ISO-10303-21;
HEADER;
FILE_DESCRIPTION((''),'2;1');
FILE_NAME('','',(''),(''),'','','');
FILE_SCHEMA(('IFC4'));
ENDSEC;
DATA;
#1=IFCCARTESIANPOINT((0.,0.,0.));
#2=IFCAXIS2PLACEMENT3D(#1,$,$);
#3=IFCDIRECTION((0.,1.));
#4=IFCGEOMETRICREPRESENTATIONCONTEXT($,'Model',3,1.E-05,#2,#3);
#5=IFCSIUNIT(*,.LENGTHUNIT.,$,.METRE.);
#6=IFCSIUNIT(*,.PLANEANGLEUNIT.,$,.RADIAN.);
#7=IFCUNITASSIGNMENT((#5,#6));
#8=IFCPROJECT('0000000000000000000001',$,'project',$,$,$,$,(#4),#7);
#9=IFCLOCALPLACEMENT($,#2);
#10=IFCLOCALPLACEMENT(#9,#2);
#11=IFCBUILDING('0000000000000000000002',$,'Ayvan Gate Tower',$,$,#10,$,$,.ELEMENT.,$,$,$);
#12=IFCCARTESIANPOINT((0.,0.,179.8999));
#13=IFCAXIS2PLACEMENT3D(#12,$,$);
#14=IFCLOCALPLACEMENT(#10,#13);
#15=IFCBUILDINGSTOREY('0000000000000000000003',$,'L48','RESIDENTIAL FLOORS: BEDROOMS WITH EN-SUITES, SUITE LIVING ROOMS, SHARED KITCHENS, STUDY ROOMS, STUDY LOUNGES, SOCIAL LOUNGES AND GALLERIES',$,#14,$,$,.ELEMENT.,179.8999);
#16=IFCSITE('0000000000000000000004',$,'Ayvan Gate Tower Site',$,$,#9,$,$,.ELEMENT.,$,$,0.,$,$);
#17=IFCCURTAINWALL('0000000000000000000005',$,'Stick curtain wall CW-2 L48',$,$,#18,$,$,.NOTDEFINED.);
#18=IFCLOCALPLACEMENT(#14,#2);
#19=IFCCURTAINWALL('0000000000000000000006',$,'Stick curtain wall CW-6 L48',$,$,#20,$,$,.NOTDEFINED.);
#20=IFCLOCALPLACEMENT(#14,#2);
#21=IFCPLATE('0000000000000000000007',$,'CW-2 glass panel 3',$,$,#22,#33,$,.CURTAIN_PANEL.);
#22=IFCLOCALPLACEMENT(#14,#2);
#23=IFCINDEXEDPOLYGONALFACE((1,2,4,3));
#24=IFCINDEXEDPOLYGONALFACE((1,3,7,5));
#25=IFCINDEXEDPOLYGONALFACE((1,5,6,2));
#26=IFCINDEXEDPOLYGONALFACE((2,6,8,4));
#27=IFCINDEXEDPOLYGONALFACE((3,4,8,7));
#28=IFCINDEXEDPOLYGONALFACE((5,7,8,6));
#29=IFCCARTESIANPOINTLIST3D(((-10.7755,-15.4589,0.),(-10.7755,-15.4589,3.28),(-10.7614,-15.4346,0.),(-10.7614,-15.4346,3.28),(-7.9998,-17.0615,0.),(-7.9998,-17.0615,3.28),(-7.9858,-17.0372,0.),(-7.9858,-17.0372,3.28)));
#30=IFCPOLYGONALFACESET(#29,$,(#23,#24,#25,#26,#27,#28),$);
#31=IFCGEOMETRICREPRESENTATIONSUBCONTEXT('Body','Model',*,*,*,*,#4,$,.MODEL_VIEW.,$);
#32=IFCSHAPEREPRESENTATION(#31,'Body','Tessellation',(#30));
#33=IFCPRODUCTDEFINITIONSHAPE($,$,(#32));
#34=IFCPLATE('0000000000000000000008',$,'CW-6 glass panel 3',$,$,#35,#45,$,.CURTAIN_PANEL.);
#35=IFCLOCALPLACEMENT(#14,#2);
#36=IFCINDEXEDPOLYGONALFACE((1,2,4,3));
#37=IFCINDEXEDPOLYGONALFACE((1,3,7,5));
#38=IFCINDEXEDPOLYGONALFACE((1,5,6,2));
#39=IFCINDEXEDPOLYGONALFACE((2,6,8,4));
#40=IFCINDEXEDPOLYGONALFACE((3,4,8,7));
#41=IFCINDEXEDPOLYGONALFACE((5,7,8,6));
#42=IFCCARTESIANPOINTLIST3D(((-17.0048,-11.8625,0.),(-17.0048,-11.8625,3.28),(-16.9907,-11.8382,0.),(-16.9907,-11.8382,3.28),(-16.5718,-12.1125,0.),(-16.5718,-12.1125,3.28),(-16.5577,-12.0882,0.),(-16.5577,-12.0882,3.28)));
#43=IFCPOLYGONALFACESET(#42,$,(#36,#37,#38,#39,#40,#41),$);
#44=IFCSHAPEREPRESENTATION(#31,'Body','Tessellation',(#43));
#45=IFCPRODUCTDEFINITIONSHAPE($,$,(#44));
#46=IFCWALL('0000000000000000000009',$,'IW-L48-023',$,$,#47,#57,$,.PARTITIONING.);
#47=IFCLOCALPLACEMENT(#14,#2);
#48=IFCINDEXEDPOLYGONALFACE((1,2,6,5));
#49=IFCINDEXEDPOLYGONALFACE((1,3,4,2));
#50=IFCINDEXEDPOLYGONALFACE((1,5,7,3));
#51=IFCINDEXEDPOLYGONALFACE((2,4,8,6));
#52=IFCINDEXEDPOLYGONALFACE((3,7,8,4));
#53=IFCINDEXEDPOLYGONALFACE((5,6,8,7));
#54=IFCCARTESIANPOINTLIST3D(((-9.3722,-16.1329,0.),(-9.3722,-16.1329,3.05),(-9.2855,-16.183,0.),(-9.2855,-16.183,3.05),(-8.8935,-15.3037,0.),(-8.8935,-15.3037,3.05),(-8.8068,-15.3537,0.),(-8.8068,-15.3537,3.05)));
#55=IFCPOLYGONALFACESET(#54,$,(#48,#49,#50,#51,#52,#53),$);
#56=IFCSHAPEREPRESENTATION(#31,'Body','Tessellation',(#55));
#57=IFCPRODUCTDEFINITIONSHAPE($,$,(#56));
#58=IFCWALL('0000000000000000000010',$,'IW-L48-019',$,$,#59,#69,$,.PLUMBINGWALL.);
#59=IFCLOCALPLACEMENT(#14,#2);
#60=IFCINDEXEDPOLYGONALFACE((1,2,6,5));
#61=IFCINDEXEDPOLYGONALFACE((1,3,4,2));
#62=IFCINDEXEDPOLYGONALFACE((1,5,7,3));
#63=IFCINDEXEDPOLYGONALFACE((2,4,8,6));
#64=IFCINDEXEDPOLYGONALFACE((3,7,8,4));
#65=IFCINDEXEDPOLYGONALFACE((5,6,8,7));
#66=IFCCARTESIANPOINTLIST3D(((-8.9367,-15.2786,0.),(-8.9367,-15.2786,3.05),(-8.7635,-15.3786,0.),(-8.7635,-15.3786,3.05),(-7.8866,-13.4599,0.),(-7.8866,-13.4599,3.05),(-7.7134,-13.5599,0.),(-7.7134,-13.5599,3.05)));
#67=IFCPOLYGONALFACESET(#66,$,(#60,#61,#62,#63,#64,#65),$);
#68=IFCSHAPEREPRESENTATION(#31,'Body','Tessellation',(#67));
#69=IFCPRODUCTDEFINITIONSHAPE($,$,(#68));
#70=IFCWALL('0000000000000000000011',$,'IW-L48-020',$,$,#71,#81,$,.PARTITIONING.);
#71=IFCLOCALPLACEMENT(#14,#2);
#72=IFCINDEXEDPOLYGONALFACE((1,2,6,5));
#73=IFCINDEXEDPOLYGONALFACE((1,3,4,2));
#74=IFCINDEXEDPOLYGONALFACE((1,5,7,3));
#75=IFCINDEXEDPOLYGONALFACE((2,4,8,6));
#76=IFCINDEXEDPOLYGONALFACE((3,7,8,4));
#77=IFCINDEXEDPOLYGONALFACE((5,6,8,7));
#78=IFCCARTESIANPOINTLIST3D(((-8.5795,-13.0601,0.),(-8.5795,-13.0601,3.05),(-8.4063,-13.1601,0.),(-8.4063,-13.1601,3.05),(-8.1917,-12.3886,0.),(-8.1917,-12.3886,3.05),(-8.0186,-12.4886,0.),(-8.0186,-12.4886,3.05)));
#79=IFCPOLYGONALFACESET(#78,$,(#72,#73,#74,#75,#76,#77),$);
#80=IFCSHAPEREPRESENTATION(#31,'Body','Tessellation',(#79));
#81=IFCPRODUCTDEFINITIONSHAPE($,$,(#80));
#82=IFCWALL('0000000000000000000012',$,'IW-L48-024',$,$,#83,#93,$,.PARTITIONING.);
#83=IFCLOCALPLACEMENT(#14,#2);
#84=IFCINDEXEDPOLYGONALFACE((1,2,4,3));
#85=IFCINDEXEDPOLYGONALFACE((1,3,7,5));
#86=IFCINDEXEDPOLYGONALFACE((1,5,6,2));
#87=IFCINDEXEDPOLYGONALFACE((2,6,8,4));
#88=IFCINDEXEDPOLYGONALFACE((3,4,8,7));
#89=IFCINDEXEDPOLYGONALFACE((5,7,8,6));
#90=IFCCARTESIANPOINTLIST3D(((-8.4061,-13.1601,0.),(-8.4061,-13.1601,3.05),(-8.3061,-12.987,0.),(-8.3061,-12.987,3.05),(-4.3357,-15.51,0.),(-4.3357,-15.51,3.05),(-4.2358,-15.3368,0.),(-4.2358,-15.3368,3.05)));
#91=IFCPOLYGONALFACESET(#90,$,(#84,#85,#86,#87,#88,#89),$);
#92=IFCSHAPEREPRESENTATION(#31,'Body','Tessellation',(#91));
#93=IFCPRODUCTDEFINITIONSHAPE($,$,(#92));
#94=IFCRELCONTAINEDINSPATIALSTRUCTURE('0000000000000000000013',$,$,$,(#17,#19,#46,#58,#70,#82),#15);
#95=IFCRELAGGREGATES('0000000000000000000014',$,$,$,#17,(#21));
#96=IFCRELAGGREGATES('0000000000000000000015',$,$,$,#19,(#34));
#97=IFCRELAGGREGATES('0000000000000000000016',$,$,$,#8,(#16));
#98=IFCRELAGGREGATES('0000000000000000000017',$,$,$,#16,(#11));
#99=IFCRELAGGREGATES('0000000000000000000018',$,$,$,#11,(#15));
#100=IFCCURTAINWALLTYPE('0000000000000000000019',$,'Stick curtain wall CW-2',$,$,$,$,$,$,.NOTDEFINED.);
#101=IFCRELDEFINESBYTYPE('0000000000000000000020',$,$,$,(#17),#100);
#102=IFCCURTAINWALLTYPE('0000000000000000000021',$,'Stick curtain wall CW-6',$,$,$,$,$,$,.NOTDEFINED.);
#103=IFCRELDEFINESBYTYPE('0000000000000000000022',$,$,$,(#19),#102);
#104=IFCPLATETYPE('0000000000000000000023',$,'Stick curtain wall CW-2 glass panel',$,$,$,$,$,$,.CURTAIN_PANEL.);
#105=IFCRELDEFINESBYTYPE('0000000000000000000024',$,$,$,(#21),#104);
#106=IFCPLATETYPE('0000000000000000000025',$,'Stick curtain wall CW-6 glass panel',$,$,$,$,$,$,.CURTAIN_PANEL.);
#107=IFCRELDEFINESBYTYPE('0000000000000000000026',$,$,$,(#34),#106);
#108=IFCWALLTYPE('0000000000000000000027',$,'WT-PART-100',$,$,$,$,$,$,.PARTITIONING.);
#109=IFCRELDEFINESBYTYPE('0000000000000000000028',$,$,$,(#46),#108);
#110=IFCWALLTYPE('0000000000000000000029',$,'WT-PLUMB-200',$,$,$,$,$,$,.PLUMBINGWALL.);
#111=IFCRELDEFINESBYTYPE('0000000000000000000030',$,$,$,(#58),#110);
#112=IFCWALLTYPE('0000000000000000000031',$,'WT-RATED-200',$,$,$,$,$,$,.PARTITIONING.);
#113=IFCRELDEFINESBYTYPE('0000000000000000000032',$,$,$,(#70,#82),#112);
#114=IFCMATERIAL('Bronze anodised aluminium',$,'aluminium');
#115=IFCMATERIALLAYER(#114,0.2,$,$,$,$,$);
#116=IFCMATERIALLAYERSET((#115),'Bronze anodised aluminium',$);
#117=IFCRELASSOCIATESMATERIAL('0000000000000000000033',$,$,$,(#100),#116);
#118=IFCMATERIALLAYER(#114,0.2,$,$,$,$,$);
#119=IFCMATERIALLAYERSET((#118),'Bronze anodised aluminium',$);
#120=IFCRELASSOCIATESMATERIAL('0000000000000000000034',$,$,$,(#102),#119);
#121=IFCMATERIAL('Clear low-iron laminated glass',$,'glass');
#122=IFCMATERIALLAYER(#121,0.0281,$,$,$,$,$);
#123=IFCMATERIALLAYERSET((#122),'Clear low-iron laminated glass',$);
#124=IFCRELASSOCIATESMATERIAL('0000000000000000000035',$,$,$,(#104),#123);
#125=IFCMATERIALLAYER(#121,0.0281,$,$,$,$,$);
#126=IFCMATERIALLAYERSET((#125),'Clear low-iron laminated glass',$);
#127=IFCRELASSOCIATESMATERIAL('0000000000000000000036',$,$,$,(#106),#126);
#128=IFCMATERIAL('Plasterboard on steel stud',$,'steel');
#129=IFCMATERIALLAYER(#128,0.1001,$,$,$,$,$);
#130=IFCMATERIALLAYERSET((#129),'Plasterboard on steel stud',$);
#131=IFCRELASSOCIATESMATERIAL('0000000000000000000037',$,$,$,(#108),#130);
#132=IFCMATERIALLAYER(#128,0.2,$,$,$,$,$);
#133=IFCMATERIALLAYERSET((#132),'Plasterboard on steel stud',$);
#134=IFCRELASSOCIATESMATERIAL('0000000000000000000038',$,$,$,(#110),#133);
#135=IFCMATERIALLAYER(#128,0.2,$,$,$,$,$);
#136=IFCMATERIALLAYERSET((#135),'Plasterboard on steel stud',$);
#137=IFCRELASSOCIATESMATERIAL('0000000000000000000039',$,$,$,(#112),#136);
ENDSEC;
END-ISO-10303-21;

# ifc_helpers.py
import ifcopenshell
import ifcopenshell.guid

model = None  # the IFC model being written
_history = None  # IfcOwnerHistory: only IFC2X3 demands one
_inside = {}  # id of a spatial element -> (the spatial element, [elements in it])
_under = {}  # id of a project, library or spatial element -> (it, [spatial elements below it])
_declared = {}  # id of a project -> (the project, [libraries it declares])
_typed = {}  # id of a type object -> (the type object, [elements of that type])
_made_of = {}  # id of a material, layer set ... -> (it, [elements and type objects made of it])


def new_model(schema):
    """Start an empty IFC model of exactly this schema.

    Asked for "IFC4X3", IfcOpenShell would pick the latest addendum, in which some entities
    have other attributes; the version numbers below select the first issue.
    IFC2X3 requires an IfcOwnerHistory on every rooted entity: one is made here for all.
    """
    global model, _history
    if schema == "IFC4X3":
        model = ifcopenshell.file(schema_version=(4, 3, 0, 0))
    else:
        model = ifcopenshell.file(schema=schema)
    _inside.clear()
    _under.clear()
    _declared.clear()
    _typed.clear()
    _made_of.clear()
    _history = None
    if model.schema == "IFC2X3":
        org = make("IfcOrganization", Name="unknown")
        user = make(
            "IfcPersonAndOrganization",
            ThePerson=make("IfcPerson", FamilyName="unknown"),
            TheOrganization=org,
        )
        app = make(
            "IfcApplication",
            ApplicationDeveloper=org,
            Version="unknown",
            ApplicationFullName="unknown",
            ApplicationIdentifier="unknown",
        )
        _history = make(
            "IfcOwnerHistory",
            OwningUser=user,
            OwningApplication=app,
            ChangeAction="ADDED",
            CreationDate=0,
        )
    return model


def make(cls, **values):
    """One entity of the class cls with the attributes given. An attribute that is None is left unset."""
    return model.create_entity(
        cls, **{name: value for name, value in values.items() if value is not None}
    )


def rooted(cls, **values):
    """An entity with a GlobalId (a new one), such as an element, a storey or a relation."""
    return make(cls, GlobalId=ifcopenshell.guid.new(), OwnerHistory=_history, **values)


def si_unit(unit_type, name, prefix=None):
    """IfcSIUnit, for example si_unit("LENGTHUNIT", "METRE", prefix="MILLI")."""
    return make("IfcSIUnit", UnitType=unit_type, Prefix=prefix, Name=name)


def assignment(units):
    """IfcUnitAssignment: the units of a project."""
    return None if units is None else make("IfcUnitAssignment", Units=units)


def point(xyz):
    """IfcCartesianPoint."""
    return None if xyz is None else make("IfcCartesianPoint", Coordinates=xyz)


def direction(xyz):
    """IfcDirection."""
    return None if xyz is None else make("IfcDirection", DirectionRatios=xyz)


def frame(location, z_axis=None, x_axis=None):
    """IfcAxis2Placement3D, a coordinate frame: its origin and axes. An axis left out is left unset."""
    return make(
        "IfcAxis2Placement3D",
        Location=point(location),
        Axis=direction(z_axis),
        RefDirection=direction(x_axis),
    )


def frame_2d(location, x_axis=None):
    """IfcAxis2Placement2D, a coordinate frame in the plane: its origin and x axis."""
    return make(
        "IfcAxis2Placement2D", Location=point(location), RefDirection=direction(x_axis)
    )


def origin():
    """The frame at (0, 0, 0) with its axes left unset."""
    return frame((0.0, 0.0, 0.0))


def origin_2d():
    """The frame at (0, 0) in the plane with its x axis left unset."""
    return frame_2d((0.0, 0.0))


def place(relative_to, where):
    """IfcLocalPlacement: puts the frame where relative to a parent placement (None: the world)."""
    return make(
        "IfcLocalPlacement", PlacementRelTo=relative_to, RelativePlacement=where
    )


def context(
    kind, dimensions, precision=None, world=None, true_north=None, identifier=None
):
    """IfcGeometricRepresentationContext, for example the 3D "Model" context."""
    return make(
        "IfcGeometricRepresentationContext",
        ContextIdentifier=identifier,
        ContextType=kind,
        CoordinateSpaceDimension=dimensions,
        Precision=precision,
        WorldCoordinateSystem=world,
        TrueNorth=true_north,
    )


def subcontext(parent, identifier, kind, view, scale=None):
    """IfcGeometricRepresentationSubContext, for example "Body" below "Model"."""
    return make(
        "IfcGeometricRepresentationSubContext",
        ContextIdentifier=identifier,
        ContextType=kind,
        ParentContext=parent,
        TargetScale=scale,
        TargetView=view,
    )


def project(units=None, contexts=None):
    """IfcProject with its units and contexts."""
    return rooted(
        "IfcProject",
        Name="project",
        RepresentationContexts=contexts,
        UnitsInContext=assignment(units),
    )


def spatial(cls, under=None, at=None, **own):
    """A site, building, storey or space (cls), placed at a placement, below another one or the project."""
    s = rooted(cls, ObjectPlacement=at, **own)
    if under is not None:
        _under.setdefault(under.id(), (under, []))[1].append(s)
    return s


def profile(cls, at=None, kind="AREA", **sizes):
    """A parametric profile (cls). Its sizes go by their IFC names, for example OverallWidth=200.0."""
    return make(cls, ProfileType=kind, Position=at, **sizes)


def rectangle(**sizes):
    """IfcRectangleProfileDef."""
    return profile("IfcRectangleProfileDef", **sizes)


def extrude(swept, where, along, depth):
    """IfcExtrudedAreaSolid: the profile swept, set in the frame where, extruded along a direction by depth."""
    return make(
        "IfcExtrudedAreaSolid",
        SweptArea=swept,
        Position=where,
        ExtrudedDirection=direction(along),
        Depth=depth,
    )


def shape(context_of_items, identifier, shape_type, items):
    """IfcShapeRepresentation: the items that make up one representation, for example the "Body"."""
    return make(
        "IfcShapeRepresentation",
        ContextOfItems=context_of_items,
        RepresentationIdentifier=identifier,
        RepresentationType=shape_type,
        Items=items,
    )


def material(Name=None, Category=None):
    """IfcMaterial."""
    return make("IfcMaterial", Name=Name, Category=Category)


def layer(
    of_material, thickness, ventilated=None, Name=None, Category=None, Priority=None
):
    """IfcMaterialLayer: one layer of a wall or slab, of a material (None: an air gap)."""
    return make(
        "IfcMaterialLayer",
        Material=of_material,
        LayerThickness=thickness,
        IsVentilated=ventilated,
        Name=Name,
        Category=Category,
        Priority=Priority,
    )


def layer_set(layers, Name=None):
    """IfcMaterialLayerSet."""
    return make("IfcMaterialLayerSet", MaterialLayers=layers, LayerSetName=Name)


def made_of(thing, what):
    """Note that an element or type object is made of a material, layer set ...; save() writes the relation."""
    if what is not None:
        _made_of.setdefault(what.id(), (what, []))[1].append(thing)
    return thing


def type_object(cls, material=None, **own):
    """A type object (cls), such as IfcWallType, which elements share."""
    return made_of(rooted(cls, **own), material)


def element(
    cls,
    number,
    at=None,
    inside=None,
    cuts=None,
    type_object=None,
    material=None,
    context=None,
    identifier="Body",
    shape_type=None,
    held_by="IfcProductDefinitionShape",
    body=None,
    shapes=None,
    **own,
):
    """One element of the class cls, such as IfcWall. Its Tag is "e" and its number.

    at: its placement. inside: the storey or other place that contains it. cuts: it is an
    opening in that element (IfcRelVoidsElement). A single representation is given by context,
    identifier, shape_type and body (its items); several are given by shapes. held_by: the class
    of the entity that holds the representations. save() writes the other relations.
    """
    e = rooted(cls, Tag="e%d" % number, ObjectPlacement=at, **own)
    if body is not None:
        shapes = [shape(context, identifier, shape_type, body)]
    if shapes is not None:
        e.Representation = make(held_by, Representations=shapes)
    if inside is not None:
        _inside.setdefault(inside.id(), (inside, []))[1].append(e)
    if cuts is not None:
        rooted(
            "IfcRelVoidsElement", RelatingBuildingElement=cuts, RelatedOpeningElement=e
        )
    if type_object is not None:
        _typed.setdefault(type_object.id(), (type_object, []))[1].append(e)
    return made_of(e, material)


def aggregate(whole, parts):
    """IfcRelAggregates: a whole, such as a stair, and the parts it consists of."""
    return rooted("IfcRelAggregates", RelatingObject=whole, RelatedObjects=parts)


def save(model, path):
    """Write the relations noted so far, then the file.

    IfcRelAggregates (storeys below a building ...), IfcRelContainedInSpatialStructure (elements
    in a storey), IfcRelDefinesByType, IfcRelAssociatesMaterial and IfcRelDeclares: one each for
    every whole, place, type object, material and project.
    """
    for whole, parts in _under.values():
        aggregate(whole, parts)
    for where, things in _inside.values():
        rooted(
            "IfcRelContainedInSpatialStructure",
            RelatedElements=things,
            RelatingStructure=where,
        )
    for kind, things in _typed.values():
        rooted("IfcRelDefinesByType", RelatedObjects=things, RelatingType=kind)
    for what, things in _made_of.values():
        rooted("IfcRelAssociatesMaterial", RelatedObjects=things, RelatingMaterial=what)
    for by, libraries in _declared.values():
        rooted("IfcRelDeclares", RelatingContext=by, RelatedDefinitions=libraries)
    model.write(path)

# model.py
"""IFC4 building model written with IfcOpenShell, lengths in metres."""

from ifc_helpers import new_model, si_unit, direction, frame, frame_2d, origin, origin_2d, place, context, subcontext, project, spatial, rectangle, extrude, material, layer, layer_set, type_object, element, aggregate, save


model = new_model("IFC4")

# Units and contexts
model_context = context("Model", 3, precision=1e-05, world=origin(), true_north=direction((0.0, 1.0)))
body_context = subcontext(model_context, "Body", "Model", "MODEL_VIEW")
ifc_project = project(units=[si_unit("LENGTHUNIT", "METRE"), si_unit("PLANEANGLEUNIT", "RADIAN")], contexts=[model_context])

# Site, building, storey
site_placement = place(None, origin())
site = spatial("IfcSite", under=ifc_project, at=site_placement, Name="Ayvan Gate Tower Site", CompositionType="ELEMENT", RefElevation=0.0)
building_placement = place(site_placement, origin())
building = spatial("IfcBuilding", under=site, at=building_placement, Name="Ayvan Gate Tower", CompositionType="ELEMENT")
storey_placement = place(building_placement, frame((0.0, 0.0, 179.8999)))
storey = spatial("IfcBuildingStorey", under=building, at=storey_placement, Name="L48", Description="RESIDENTIAL FLOORS: BEDROOMS WITH EN-SUITES, SUITE LIVING ROOMS, SHARED KITCHENS, STUDY ROOMS, STUDY LOUNGES, SOCIAL LOUNGES AND GALLERIES", CompositionType="ELEMENT", Elevation=179.8999)

# Curtain walls
ifc_material_1 = material(Name="Bronze anodised aluminium", Category="aluminium")
ifc_layer_1 = layer(ifc_material_1, 0.2)
ifc_layer_set_1 = layer_set([ifc_layer_1], Name="Bronze anodised aluminium")
curtain_wall_type_1 = type_object("IfcCurtainWallType", Name="Stick curtain wall CW-2", PredefinedType="NOTDEFINED", material=ifc_layer_set_1)
curtain_wall_1_placement = place(storey_placement, origin())
curtain_wall_1 = element("IfcCurtainWall", 1, at=curtain_wall_1_placement, inside=storey, type_object=curtain_wall_type_1, Name="Stick curtain wall CW-2 L48", PredefinedType="NOTDEFINED")
ifc_layer_2 = layer(ifc_material_1, 0.2)
ifc_layer_set_2 = layer_set([ifc_layer_2], Name="Bronze anodised aluminium")
curtain_wall_type_2 = type_object("IfcCurtainWallType", Name="Stick curtain wall CW-6", PredefinedType="NOTDEFINED", material=ifc_layer_set_2)
curtain_wall_2_placement = place(storey_placement, origin())
curtain_wall_2 = element("IfcCurtainWall", 2, at=curtain_wall_2_placement, inside=storey, type_object=curtain_wall_type_2, Name="Stick curtain wall CW-6 L48", PredefinedType="NOTDEFINED")

# Plates
ifc_material_2 = material(Name="Clear low-iron laminated glass", Category="glass")
ifc_layer_3 = layer(ifc_material_2, 0.0281)
ifc_layer_set_3 = layer_set([ifc_layer_3], Name="Clear low-iron laminated glass")
plate_type_1 = type_object("IfcPlateType", Name="Stick curtain wall CW-2 glass panel", PredefinedType="CURTAIN_PANEL", material=ifc_layer_set_3)
plate_1_placement = place(storey_placement, frame((-9.3806, -16.248, 0.0), z_axis=(0.0, 0.0, 1.0), x_axis=(0.866025, -0.5, 0.0)))
plate_1 = element("IfcPlate", 3, at=plate_1_placement, type_object=plate_type_1, Name="CW-2 glass panel 3", PredefinedType="CURTAIN_PANEL", context=body_context, shape_type="SweptSolid", body=[
    extrude(rectangle(XDim=3.2051, YDim=0.0281, at=origin_2d()), origin(), (0.0, 0.0, 1.0), 3.28),
])
aggregate(curtain_wall_1, [plate_1])
ifc_layer_4 = layer(ifc_material_2, 0.0281)
ifc_layer_set_4 = layer_set([ifc_layer_4], Name="Clear low-iron laminated glass")
plate_type_2 = type_object("IfcPlateType", Name="Stick curtain wall CW-6 glass panel", PredefinedType="CURTAIN_PANEL", material=ifc_layer_set_4)
plate_2_placement = place(storey_placement, frame((-16.7812, -11.9753, 0.0), z_axis=(0.0, 0.0, 1.0), x_axis=(0.866025, -0.5, 0.0)))
plate_2 = element("IfcPlate", 4, at=plate_2_placement, type_object=plate_type_2, Name="CW-6 glass panel 3", PredefinedType="CURTAIN_PANEL", context=body_context, shape_type="SweptSolid", body=[
    extrude(rectangle(XDim=0.5, YDim=0.0281, at=origin_2d()), origin(), (0.0, 0.0, 1.0), 3.28),
])
aggregate(curtain_wall_2, [plate_2])

# Walls
ifc_material_3 = material(Name="Plasterboard on steel stud", Category="steel")
ifc_layer_5 = layer(ifc_material_3, 0.1001)
ifc_layer_set_5 = layer_set([ifc_layer_5], Name="Plasterboard on steel stud")
wall_type_1 = type_object("IfcWallType", Name="WT-PART-100", PredefinedType="PARTITIONING", material=ifc_layer_set_5)
wall_1_placement = place(storey_placement, frame((-9.3289, -16.158, 0.0), z_axis=(0.0, 0.0, 1.0), x_axis=(0.499951, 0.866054, 0.0)))
element("IfcWall", 5, at=wall_1_placement, inside=storey, type_object=wall_type_1, Name="IW-L48-023", PredefinedType="PARTITIONING", context=body_context, shape_type="SweptSolid", body=[
    extrude(rectangle(XDim=0.9575, YDim=0.1001, at=frame_2d((0.4788, 0.0))), origin(), (0.0, 0.0, 1.0), 3.05),
])
ifc_layer_6 = layer(ifc_material_3, 0.2)
ifc_layer_set_6 = layer_set([ifc_layer_6], Name="Plasterboard on steel stud")
wall_type_2 = type_object("IfcWallType", Name="WT-PLUMB-200", PredefinedType="PLUMBINGWALL", material=ifc_layer_set_6)
wall_2_placement = place(storey_placement, frame((-8.8501, -15.3286, 0.0), z_axis=(0.0, 0.0, 1.0), x_axis=(0.500028, 0.866009, 0.0)))
element("IfcWall", 6, at=wall_2_placement, inside=storey, type_object=wall_type_2, Name="IW-L48-019", PredefinedType="PLUMBINGWALL", context=body_context, shape_type="SweptSolid", body=[
    extrude(rectangle(XDim=2.1001, YDim=0.2, at=frame_2d((1.05, 0.0))), origin(), (0.0, 0.0, 1.0), 3.05),
])
ifc_layer_7 = layer(ifc_material_3, 0.2)
ifc_layer_set_7 = layer_set([ifc_layer_7], Name="Plasterboard on steel stud")
wall_type_3 = type_object("IfcWallType", Name="WT-RATED-200", PredefinedType="PARTITIONING", material=ifc_layer_set_7)
wall_3_placement = place(storey_placement, frame((-8.4929, -13.1101, 0.0), z_axis=(0.0, 0.0, 1.0), x_axis=(0.500068, 0.865986, 0.0)))
element("IfcWall", 7, at=wall_3_placement, inside=storey, type_object=wall_type_3, Name="IW-L48-020", PredefinedType="PARTITIONING", context=body_context, shape_type="SweptSolid", body=[
    extrude(rectangle(XDim=0.7754, YDim=0.2, at=frame_2d((0.3877, 0.0))), origin(), (0.0, 0.0, 1.0), 3.05),
])
wall_4_placement = place(storey_placement, frame((-8.3562, -13.0735, 0.0), z_axis=(0.0, 0.0, 1.0), x_axis=(0.866039, -0.499977, 0.0)))
element("IfcWall", 8, at=wall_4_placement, inside=storey, type_object=wall_type_3, Name="IW-L48-024", PredefinedType="PARTITIONING", context=body_context, shape_type="SweptSolid", body=[
    extrude(rectangle(XDim=4.7, YDim=0.2, at=frame_2d((2.3501, 0.0))), origin(), (0.0, 0.0, 1.0), 3.05),
])

save(model, "model.ifc")
